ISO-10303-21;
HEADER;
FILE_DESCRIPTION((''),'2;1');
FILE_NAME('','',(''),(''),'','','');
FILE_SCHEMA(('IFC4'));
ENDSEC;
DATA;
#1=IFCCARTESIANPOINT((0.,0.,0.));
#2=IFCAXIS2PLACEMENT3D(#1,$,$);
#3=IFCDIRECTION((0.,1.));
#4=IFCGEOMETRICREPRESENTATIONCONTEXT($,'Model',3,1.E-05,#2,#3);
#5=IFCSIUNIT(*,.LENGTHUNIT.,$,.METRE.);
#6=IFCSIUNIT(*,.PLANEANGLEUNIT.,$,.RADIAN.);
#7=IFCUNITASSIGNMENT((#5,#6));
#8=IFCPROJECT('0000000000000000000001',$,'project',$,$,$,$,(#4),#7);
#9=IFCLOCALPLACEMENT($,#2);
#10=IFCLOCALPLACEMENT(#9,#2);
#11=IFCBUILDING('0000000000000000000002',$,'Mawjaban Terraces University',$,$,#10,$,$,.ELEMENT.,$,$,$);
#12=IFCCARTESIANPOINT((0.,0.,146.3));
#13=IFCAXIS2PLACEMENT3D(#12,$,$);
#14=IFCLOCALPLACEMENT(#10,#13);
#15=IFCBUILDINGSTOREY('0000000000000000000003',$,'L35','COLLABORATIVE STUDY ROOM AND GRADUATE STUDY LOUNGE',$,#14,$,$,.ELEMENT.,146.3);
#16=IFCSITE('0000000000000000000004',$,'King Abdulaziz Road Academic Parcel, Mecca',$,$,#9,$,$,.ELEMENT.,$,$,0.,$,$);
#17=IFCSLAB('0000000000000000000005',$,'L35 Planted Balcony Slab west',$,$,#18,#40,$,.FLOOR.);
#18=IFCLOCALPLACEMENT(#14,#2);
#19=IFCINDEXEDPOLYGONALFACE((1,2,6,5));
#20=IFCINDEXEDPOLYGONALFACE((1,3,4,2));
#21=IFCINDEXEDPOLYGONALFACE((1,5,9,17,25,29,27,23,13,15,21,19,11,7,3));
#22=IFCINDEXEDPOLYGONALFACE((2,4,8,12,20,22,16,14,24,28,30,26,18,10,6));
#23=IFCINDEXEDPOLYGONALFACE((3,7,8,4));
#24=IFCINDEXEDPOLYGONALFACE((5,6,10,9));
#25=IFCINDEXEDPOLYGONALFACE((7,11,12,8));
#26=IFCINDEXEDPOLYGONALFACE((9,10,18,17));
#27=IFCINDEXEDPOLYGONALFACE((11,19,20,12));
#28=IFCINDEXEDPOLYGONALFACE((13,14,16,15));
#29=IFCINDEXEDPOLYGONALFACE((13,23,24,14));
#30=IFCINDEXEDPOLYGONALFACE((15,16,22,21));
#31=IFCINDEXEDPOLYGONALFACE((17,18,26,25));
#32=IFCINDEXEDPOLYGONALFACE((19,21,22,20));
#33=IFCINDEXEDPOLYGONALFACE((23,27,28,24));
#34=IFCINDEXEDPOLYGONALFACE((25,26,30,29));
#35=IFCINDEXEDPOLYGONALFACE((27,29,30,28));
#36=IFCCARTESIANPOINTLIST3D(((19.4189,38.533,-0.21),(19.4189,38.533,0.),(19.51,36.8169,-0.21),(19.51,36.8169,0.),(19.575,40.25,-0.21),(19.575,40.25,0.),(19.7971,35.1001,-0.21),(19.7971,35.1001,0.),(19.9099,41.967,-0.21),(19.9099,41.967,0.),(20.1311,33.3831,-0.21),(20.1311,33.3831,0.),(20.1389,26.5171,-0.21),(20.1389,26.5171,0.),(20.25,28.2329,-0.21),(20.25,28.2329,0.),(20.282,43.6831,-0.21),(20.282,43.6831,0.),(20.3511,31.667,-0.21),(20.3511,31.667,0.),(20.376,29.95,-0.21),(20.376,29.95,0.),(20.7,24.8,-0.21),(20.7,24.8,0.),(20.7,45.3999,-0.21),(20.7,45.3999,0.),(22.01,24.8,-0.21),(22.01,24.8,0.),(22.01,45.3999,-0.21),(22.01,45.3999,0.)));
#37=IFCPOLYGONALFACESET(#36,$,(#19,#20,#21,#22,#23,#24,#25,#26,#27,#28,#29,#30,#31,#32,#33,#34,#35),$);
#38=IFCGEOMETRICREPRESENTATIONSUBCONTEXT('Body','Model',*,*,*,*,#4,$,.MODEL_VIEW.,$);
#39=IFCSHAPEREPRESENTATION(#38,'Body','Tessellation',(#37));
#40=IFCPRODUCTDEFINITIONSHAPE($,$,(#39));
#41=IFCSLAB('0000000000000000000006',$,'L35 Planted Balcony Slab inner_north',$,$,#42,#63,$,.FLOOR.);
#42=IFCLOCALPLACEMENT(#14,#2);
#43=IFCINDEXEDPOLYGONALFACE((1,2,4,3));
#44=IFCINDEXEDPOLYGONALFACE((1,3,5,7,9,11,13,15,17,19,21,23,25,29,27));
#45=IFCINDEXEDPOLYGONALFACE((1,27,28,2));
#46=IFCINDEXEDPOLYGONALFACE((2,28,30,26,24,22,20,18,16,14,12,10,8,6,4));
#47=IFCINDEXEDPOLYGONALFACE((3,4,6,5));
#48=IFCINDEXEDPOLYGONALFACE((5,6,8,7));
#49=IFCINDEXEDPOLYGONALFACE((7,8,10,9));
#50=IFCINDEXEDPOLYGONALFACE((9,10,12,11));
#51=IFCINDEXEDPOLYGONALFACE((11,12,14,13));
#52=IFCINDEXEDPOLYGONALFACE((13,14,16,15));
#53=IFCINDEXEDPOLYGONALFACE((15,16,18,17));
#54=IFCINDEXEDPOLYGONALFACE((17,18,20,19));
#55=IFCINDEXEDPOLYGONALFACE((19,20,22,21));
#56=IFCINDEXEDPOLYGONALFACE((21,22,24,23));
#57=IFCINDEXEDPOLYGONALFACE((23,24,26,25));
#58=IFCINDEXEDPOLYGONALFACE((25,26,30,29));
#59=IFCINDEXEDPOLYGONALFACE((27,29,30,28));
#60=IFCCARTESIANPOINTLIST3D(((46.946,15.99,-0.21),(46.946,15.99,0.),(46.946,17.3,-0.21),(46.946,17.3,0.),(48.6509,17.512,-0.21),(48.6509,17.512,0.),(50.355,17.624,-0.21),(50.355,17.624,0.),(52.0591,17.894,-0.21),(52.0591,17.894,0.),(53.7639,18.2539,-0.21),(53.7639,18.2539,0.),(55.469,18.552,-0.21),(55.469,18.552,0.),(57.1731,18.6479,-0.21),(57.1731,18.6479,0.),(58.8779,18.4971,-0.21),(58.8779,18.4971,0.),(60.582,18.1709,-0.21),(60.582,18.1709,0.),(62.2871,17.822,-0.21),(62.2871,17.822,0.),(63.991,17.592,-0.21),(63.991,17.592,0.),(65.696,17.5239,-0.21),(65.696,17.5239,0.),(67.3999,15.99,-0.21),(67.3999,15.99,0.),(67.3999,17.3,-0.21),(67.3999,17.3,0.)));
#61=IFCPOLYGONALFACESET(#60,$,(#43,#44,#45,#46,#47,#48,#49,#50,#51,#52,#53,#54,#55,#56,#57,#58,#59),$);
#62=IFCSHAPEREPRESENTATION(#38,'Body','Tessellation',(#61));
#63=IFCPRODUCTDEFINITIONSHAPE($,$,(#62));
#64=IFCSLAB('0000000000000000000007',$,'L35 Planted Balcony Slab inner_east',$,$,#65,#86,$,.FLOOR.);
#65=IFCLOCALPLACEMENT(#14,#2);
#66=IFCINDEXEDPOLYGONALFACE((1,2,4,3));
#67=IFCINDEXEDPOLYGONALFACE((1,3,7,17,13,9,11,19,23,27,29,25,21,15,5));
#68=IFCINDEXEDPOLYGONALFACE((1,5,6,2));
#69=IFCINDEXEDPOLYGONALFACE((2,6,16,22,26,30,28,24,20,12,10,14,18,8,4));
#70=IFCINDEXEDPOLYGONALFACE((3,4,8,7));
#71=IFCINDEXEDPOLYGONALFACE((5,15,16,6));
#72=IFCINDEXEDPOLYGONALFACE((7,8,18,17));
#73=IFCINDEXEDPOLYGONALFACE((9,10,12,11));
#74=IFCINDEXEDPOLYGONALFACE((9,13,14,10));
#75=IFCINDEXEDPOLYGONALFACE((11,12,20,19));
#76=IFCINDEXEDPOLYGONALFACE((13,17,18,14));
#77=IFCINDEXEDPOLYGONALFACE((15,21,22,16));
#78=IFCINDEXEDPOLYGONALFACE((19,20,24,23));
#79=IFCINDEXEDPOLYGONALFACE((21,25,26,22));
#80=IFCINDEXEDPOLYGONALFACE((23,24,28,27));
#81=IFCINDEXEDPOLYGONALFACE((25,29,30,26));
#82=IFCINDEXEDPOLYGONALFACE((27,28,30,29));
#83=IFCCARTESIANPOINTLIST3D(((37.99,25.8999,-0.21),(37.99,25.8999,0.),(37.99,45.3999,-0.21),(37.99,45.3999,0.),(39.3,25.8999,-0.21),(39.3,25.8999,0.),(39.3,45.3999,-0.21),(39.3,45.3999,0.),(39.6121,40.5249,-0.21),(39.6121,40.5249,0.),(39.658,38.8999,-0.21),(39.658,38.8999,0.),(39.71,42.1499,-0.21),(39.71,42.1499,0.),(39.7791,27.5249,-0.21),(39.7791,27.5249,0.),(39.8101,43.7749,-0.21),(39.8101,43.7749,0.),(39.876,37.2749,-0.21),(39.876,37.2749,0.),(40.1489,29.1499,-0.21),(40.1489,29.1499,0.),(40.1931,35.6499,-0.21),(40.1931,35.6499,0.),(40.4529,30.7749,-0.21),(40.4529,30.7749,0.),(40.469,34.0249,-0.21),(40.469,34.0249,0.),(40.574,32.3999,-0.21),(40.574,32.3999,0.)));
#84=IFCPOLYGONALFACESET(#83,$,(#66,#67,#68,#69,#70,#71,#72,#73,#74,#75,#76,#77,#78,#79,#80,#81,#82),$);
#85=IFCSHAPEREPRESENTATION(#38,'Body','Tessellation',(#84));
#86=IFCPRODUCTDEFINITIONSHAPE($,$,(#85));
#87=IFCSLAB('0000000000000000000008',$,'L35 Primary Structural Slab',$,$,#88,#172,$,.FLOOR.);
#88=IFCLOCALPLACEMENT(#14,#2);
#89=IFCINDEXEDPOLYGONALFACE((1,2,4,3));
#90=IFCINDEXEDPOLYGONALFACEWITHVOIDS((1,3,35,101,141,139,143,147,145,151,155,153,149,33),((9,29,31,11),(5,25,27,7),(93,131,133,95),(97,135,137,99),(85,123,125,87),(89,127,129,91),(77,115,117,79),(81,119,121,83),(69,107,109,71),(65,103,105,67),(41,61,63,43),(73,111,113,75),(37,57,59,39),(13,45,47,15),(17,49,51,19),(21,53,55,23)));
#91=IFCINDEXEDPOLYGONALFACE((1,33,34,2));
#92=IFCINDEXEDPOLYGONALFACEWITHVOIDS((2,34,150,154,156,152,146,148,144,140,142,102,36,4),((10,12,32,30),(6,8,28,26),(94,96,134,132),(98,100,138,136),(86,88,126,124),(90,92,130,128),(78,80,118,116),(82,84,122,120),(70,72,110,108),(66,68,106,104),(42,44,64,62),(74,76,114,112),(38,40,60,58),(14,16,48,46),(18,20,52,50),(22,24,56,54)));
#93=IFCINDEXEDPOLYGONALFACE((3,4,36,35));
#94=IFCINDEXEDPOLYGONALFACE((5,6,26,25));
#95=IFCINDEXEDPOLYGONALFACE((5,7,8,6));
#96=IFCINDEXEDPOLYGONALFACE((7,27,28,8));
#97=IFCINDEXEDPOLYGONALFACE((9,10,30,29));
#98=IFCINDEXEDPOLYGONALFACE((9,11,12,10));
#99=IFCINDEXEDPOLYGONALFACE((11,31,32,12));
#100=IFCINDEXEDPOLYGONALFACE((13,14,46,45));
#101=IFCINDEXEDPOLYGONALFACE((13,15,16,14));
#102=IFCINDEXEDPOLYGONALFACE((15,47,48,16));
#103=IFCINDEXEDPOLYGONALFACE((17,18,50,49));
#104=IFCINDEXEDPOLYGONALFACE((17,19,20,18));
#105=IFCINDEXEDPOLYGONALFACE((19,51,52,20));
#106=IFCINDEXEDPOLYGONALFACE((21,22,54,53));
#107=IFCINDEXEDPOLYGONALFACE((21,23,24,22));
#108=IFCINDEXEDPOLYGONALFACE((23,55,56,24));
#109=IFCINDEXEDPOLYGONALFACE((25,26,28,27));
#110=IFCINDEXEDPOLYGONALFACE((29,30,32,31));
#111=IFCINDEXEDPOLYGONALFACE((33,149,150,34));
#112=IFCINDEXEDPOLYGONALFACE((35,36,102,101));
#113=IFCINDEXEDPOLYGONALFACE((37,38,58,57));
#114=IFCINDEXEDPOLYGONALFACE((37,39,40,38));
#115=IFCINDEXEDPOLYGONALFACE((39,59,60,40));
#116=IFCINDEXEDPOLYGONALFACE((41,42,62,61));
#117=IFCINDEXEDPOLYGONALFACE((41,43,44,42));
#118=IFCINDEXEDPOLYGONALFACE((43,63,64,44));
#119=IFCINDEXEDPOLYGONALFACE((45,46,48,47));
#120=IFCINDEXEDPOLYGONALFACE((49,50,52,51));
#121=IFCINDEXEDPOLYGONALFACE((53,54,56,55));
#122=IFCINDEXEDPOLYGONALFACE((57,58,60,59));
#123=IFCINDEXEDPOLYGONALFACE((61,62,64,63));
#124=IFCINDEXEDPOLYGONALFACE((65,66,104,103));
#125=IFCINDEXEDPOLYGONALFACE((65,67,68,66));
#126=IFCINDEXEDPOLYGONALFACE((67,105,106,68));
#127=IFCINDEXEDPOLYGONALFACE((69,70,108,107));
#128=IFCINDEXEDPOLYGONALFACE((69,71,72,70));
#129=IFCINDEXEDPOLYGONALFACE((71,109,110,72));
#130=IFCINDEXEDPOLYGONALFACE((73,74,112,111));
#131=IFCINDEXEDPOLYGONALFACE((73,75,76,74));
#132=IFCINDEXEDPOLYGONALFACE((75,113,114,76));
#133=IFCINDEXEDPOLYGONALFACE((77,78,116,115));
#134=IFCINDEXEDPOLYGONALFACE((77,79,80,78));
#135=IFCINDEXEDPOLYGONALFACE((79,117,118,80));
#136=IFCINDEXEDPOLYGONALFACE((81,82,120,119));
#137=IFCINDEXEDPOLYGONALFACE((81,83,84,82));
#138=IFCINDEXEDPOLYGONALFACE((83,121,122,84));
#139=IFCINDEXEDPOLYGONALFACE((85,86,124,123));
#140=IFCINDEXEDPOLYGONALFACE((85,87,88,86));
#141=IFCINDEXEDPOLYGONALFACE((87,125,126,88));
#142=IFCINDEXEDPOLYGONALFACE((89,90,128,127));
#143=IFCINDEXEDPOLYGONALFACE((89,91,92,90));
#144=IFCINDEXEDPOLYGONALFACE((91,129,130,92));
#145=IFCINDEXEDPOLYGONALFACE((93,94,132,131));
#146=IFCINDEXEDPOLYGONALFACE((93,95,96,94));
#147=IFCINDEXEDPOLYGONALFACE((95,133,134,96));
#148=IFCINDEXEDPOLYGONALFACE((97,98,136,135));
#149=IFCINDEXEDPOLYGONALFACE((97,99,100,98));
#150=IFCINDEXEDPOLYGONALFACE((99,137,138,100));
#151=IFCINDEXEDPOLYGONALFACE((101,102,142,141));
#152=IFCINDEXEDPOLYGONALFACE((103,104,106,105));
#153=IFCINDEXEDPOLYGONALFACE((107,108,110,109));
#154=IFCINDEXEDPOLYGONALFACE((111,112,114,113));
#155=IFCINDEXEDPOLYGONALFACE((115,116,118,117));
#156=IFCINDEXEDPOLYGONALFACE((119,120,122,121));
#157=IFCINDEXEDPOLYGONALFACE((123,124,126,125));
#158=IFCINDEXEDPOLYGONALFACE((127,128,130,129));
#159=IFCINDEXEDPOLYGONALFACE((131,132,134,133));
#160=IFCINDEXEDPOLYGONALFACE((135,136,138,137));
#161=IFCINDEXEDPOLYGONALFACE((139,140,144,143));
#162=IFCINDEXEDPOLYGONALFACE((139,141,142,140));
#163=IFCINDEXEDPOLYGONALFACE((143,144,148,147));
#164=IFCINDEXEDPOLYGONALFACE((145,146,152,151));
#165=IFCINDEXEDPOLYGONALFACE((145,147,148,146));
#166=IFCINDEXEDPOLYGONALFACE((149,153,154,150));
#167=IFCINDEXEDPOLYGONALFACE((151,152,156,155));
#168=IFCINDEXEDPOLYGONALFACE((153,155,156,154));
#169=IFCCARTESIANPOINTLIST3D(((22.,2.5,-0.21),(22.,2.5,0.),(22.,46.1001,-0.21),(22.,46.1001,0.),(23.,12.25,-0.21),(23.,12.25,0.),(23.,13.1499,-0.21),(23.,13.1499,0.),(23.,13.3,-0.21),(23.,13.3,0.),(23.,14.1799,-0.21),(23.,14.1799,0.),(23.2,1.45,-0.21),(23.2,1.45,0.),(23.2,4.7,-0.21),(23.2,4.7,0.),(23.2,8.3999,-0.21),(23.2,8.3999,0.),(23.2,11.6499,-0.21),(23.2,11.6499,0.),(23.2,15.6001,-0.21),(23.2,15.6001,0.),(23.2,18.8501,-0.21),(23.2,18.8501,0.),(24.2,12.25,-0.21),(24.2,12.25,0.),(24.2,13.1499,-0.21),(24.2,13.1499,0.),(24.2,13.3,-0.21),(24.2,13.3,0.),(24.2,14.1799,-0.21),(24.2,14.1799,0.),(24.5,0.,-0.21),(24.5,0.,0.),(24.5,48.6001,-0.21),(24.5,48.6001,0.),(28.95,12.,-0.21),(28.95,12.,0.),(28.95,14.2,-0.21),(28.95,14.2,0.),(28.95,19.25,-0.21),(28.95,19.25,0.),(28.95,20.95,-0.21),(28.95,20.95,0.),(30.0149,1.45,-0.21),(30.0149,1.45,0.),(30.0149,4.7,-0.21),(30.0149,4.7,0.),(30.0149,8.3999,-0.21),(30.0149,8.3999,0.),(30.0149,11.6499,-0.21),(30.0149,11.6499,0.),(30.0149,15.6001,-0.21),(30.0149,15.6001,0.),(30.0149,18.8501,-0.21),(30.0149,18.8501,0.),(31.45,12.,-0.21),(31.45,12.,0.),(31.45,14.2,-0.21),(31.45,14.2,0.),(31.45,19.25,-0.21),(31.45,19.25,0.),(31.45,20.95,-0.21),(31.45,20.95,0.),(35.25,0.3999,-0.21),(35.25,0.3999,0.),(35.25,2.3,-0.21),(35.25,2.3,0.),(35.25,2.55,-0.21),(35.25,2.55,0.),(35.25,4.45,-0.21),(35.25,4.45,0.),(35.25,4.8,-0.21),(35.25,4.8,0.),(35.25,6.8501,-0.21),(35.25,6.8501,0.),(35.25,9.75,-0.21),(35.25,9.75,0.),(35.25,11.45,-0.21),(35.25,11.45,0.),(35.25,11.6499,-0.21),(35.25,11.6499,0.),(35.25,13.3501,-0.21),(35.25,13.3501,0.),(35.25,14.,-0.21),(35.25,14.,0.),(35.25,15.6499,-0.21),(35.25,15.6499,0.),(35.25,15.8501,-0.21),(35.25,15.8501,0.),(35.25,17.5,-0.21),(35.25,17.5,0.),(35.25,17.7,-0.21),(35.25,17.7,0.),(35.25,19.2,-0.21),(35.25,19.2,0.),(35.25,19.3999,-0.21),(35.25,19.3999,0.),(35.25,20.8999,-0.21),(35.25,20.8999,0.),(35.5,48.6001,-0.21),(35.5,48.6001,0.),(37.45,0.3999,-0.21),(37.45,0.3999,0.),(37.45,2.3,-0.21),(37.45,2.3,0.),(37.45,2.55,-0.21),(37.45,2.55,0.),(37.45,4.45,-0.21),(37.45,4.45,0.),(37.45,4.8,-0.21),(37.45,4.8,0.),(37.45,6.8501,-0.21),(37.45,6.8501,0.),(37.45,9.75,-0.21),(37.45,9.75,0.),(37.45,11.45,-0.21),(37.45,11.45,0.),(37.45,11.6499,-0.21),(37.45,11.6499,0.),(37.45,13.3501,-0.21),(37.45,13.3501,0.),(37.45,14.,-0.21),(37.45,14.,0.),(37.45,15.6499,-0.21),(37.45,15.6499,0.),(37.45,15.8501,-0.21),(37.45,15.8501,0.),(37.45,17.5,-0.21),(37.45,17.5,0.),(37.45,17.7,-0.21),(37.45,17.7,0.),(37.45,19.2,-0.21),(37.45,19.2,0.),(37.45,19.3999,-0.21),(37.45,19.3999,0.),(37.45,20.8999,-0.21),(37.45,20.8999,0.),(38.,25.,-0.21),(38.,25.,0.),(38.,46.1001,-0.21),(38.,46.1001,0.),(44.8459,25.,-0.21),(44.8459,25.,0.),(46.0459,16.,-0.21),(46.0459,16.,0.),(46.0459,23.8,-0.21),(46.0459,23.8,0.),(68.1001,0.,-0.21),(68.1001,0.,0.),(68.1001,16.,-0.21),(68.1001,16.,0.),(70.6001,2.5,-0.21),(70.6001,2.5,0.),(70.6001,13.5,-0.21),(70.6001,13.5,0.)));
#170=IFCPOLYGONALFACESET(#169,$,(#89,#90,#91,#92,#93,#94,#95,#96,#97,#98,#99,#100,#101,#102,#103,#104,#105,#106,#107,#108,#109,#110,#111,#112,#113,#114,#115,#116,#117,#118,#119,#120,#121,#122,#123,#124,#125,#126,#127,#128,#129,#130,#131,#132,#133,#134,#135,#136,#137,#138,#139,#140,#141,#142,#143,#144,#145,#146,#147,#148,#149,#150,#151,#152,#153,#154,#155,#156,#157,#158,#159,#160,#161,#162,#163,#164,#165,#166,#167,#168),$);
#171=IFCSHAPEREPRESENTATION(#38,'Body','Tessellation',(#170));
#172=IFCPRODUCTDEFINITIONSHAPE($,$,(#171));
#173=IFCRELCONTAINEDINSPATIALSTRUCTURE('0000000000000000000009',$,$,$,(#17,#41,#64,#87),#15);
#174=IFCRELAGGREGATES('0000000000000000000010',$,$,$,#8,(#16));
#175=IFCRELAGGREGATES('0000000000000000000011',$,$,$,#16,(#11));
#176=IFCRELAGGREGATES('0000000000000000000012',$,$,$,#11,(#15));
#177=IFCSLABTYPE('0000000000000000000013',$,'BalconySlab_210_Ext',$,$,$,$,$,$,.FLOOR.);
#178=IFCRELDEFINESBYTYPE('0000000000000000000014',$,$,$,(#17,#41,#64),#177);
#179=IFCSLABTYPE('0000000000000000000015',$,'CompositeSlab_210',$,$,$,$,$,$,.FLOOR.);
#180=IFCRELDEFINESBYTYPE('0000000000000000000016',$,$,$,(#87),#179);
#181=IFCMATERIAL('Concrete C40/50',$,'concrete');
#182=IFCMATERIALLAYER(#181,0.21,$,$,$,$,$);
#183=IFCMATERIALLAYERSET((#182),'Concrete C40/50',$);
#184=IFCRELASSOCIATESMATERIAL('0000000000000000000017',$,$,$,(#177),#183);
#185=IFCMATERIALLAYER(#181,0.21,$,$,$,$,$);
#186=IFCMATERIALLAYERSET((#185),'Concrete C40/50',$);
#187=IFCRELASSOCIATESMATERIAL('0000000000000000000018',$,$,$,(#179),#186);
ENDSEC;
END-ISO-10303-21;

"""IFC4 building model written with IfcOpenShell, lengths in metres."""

from ifc_helpers import new_model, si_unit, direction, frame, origin, place, context, subcontext, project, spatial, polyline, outline, extrude, material, layer, layer_set, type_object, element, save


model = new_model("IFC4")

# Units and contexts
model_context = context("Model", 3, precision=1e-05, world=origin(), true_north=direction((0.0, 1.0)))
body_context = subcontext(model_context, "Body", "Model", "MODEL_VIEW")
ifc_project = project(units=[si_unit("LENGTHUNIT", "METRE"), si_unit("PLANEANGLEUNIT", "RADIAN")], contexts=[model_context])

# Site, building, storey
site_placement = place(None, origin())
site = spatial("IfcSite", under=ifc_project, at=site_placement, Name="King Abdulaziz Road Academic Parcel, Mecca", CompositionType="ELEMENT", RefElevation=0.0)
building_placement = place(site_placement, origin())
building = spatial("IfcBuilding", under=site, at=building_placement, Name="Mawjaban Terraces University", CompositionType="ELEMENT")
storey_placement = place(building_placement, frame((0.0, 0.0, 146.3)))
storey = spatial("IfcBuildingStorey", under=building, at=storey_placement, Name="L35", Description="COLLABORATIVE STUDY ROOM AND GRADUATE STUDY LOUNGE", CompositionType="ELEMENT", Elevation=146.3)

# Slabs
ifc_material_1 = material(Name="Concrete C40/50", Category="concrete")
ifc_layer_1 = layer(ifc_material_1, 0.21)
ifc_layer_set_1 = layer_set([ifc_layer_1], Name="Concrete C40/50")
slab_type_1 = type_object("IfcSlabType", Name="BalconySlab_210_Ext", PredefinedType="FLOOR", material=ifc_layer_set_1)
slab_1_placement = place(storey_placement, frame((0.0, 0.0, -0.21)))
element("IfcSlab", 1, at=slab_1_placement, inside=storey, type_object=slab_type_1, Name="L35 Planted Balcony Slab west", PredefinedType="FLOOR", context=body_context, shape_type="SweptSolid", body=[
    extrude(outline(polyline([(22.01, 24.8), (22.01, 45.3999), (20.7, 45.3999), (20.282, 43.6831), (19.9099, 41.967), (19.575, 40.25), (19.4189, 38.533), (19.51, 36.8169), (19.7971, 35.1001), (20.1311, 33.3831), (20.3511, 31.667), (20.376, 29.95), (20.25, 28.2329), (20.1389, 26.5171), (20.7, 24.8), (22.01, 24.8)])), origin(), (0.0, 0.0, 1.0), 0.21),
])
slab_2_placement = place(storey_placement, frame((0.0, 0.0, -0.21)))
element("IfcSlab", 2, at=slab_2_placement, inside=storey, type_object=slab_type_1, Name="L35 Planted Balcony Slab inner_north", PredefinedType="FLOOR", context=body_context, shape_type="SweptSolid", body=[
    extrude(outline(polyline([(46.946, 15.99), (67.3999, 15.99), (67.3999, 17.3), (65.696, 17.5239), (63.991, 17.592), (62.2871, 17.822), (60.582, 18.1709), (58.8779, 18.4971), (57.1731, 18.6479), (55.469, 18.552), (53.7639, 18.2539), (52.0591, 17.894), (50.355, 17.624), (48.6509, 17.512), (46.946, 17.3), (46.946, 15.99)])), origin(), (0.0, 0.0, 1.0), 0.21),
])
slab_3_placement = place(storey_placement, frame((0.0, 0.0, -0.21)))
element("IfcSlab", 3, at=slab_3_placement, inside=storey, type_object=slab_type_1, Name="L35 Planted Balcony Slab inner_east", PredefinedType="FLOOR", context=body_context, shape_type="SweptSolid", body=[
    extrude(outline(polyline([(39.3, 25.8999), (39.7791, 27.5249), (40.1489, 29.1499), (40.4529, 30.7749), (40.574, 32.3999), (40.469, 34.0249), (40.1931, 35.6499), (39.876, 37.2749), (39.658, 38.8999), (39.6121, 40.5249), (39.71, 42.1499), (39.8101, 43.7749), (39.3, 45.3999), (37.99, 45.3999), (37.99, 25.8999), (39.3, 25.8999)])), origin(), (0.0, 0.0, 1.0), 0.21),
])
ifc_layer_2 = layer(ifc_material_1, 0.21)
ifc_layer_set_2 = layer_set([ifc_layer_2], Name="Concrete C40/50")
slab_type_2 = type_object("IfcSlabType", Name="CompositeSlab_210", PredefinedType="FLOOR", material=ifc_layer_set_2)
slab_4_placement = place(storey_placement, frame((0.0, 0.0, -0.21)))
element("IfcSlab", 4, at=slab_4_placement, inside=storey, type_object=slab_type_2, Name="L35 Primary Structural Slab", PredefinedType="FLOOR", context=body_context, shape_type="SweptSolid", body=[
    extrude(outline(polyline([(24.5, 0.0), (68.1001, 0.0), (70.6001, 2.5), (70.6001, 13.5), (68.1001, 16.0), (46.0459, 16.0), (46.0459, 23.8), (44.8459, 25.0), (38.0, 25.0), (38.0, 46.1001), (35.5, 48.6001), (24.5, 48.6001), (22.0, 46.1001), (22.0, 2.5), (24.5, 0.0)]), holes=[polyline([(30.0149, 4.7), (23.2, 4.7), (23.2, 1.45), (30.0149, 1.45), (30.0149, 4.7)]), polyline([(30.0149, 18.8501), (23.2, 18.8501), (23.2, 15.6001), (30.0149, 15.6001), (30.0149, 18.8501)]), polyline([(30.0149, 11.6499), (23.2, 11.6499), (23.2, 8.3999), (30.0149, 8.3999), (30.0149, 11.6499)]), polyline([(35.25, 0.3999), (37.45, 0.3999), (37.45, 2.3), (35.25, 2.3), (35.25, 0.3999)]), polyline([(35.25, 2.55), (37.45, 2.55), (37.45, 4.45), (35.25, 4.45), (35.25, 2.55)]), polyline([(35.25, 4.8), (37.45, 4.8), (37.45, 6.8501), (35.25, 6.8501), (35.25, 4.8)]), polyline([(35.25, 9.75), (37.45, 9.75), (37.45, 11.45), (35.25, 11.45), (35.25, 9.75)]), polyline([(35.25, 11.6499), (37.45, 11.6499), (37.45, 13.3501), (35.25, 13.3501), (35.25, 11.6499)]), polyline([(28.95, 12.0), (31.45, 12.0), (31.45, 14.2), (28.95, 14.2), (28.95, 12.0)]), polyline([(35.25, 14.0), (37.45, 14.0), (37.45, 15.6499), (35.25, 15.6499), (35.25, 14.0)]), polyline([(35.25, 15.8501), (37.45, 15.8501), (37.45, 17.5), (35.25, 17.5), (35.25, 15.8501)]), polyline([(35.25, 17.7), (37.45, 17.7), (37.45, 19.2), (35.25, 19.2), (35.25, 17.7)]), polyline([(35.25, 19.3999), (37.45, 19.3999), (37.45, 20.8999), (35.25, 20.8999), (35.25, 19.3999)]), polyline([(28.95, 19.25), (31.45, 19.25), (31.45, 20.95), (28.95, 20.95), (28.95, 19.25)]), polyline([(23.0, 12.25), (24.2, 12.25), (24.2, 13.1499), (23.0, 13.1499), (23.0, 12.25)]), polyline([(23.0, 13.3), (24.2, 13.3), (24.2, 14.1799), (23.0, 14.1799), (23.0, 13.3)])]), origin(), (0.0, 0.0, 1.0), 0.21),
])

save(model, "model.ifc")
